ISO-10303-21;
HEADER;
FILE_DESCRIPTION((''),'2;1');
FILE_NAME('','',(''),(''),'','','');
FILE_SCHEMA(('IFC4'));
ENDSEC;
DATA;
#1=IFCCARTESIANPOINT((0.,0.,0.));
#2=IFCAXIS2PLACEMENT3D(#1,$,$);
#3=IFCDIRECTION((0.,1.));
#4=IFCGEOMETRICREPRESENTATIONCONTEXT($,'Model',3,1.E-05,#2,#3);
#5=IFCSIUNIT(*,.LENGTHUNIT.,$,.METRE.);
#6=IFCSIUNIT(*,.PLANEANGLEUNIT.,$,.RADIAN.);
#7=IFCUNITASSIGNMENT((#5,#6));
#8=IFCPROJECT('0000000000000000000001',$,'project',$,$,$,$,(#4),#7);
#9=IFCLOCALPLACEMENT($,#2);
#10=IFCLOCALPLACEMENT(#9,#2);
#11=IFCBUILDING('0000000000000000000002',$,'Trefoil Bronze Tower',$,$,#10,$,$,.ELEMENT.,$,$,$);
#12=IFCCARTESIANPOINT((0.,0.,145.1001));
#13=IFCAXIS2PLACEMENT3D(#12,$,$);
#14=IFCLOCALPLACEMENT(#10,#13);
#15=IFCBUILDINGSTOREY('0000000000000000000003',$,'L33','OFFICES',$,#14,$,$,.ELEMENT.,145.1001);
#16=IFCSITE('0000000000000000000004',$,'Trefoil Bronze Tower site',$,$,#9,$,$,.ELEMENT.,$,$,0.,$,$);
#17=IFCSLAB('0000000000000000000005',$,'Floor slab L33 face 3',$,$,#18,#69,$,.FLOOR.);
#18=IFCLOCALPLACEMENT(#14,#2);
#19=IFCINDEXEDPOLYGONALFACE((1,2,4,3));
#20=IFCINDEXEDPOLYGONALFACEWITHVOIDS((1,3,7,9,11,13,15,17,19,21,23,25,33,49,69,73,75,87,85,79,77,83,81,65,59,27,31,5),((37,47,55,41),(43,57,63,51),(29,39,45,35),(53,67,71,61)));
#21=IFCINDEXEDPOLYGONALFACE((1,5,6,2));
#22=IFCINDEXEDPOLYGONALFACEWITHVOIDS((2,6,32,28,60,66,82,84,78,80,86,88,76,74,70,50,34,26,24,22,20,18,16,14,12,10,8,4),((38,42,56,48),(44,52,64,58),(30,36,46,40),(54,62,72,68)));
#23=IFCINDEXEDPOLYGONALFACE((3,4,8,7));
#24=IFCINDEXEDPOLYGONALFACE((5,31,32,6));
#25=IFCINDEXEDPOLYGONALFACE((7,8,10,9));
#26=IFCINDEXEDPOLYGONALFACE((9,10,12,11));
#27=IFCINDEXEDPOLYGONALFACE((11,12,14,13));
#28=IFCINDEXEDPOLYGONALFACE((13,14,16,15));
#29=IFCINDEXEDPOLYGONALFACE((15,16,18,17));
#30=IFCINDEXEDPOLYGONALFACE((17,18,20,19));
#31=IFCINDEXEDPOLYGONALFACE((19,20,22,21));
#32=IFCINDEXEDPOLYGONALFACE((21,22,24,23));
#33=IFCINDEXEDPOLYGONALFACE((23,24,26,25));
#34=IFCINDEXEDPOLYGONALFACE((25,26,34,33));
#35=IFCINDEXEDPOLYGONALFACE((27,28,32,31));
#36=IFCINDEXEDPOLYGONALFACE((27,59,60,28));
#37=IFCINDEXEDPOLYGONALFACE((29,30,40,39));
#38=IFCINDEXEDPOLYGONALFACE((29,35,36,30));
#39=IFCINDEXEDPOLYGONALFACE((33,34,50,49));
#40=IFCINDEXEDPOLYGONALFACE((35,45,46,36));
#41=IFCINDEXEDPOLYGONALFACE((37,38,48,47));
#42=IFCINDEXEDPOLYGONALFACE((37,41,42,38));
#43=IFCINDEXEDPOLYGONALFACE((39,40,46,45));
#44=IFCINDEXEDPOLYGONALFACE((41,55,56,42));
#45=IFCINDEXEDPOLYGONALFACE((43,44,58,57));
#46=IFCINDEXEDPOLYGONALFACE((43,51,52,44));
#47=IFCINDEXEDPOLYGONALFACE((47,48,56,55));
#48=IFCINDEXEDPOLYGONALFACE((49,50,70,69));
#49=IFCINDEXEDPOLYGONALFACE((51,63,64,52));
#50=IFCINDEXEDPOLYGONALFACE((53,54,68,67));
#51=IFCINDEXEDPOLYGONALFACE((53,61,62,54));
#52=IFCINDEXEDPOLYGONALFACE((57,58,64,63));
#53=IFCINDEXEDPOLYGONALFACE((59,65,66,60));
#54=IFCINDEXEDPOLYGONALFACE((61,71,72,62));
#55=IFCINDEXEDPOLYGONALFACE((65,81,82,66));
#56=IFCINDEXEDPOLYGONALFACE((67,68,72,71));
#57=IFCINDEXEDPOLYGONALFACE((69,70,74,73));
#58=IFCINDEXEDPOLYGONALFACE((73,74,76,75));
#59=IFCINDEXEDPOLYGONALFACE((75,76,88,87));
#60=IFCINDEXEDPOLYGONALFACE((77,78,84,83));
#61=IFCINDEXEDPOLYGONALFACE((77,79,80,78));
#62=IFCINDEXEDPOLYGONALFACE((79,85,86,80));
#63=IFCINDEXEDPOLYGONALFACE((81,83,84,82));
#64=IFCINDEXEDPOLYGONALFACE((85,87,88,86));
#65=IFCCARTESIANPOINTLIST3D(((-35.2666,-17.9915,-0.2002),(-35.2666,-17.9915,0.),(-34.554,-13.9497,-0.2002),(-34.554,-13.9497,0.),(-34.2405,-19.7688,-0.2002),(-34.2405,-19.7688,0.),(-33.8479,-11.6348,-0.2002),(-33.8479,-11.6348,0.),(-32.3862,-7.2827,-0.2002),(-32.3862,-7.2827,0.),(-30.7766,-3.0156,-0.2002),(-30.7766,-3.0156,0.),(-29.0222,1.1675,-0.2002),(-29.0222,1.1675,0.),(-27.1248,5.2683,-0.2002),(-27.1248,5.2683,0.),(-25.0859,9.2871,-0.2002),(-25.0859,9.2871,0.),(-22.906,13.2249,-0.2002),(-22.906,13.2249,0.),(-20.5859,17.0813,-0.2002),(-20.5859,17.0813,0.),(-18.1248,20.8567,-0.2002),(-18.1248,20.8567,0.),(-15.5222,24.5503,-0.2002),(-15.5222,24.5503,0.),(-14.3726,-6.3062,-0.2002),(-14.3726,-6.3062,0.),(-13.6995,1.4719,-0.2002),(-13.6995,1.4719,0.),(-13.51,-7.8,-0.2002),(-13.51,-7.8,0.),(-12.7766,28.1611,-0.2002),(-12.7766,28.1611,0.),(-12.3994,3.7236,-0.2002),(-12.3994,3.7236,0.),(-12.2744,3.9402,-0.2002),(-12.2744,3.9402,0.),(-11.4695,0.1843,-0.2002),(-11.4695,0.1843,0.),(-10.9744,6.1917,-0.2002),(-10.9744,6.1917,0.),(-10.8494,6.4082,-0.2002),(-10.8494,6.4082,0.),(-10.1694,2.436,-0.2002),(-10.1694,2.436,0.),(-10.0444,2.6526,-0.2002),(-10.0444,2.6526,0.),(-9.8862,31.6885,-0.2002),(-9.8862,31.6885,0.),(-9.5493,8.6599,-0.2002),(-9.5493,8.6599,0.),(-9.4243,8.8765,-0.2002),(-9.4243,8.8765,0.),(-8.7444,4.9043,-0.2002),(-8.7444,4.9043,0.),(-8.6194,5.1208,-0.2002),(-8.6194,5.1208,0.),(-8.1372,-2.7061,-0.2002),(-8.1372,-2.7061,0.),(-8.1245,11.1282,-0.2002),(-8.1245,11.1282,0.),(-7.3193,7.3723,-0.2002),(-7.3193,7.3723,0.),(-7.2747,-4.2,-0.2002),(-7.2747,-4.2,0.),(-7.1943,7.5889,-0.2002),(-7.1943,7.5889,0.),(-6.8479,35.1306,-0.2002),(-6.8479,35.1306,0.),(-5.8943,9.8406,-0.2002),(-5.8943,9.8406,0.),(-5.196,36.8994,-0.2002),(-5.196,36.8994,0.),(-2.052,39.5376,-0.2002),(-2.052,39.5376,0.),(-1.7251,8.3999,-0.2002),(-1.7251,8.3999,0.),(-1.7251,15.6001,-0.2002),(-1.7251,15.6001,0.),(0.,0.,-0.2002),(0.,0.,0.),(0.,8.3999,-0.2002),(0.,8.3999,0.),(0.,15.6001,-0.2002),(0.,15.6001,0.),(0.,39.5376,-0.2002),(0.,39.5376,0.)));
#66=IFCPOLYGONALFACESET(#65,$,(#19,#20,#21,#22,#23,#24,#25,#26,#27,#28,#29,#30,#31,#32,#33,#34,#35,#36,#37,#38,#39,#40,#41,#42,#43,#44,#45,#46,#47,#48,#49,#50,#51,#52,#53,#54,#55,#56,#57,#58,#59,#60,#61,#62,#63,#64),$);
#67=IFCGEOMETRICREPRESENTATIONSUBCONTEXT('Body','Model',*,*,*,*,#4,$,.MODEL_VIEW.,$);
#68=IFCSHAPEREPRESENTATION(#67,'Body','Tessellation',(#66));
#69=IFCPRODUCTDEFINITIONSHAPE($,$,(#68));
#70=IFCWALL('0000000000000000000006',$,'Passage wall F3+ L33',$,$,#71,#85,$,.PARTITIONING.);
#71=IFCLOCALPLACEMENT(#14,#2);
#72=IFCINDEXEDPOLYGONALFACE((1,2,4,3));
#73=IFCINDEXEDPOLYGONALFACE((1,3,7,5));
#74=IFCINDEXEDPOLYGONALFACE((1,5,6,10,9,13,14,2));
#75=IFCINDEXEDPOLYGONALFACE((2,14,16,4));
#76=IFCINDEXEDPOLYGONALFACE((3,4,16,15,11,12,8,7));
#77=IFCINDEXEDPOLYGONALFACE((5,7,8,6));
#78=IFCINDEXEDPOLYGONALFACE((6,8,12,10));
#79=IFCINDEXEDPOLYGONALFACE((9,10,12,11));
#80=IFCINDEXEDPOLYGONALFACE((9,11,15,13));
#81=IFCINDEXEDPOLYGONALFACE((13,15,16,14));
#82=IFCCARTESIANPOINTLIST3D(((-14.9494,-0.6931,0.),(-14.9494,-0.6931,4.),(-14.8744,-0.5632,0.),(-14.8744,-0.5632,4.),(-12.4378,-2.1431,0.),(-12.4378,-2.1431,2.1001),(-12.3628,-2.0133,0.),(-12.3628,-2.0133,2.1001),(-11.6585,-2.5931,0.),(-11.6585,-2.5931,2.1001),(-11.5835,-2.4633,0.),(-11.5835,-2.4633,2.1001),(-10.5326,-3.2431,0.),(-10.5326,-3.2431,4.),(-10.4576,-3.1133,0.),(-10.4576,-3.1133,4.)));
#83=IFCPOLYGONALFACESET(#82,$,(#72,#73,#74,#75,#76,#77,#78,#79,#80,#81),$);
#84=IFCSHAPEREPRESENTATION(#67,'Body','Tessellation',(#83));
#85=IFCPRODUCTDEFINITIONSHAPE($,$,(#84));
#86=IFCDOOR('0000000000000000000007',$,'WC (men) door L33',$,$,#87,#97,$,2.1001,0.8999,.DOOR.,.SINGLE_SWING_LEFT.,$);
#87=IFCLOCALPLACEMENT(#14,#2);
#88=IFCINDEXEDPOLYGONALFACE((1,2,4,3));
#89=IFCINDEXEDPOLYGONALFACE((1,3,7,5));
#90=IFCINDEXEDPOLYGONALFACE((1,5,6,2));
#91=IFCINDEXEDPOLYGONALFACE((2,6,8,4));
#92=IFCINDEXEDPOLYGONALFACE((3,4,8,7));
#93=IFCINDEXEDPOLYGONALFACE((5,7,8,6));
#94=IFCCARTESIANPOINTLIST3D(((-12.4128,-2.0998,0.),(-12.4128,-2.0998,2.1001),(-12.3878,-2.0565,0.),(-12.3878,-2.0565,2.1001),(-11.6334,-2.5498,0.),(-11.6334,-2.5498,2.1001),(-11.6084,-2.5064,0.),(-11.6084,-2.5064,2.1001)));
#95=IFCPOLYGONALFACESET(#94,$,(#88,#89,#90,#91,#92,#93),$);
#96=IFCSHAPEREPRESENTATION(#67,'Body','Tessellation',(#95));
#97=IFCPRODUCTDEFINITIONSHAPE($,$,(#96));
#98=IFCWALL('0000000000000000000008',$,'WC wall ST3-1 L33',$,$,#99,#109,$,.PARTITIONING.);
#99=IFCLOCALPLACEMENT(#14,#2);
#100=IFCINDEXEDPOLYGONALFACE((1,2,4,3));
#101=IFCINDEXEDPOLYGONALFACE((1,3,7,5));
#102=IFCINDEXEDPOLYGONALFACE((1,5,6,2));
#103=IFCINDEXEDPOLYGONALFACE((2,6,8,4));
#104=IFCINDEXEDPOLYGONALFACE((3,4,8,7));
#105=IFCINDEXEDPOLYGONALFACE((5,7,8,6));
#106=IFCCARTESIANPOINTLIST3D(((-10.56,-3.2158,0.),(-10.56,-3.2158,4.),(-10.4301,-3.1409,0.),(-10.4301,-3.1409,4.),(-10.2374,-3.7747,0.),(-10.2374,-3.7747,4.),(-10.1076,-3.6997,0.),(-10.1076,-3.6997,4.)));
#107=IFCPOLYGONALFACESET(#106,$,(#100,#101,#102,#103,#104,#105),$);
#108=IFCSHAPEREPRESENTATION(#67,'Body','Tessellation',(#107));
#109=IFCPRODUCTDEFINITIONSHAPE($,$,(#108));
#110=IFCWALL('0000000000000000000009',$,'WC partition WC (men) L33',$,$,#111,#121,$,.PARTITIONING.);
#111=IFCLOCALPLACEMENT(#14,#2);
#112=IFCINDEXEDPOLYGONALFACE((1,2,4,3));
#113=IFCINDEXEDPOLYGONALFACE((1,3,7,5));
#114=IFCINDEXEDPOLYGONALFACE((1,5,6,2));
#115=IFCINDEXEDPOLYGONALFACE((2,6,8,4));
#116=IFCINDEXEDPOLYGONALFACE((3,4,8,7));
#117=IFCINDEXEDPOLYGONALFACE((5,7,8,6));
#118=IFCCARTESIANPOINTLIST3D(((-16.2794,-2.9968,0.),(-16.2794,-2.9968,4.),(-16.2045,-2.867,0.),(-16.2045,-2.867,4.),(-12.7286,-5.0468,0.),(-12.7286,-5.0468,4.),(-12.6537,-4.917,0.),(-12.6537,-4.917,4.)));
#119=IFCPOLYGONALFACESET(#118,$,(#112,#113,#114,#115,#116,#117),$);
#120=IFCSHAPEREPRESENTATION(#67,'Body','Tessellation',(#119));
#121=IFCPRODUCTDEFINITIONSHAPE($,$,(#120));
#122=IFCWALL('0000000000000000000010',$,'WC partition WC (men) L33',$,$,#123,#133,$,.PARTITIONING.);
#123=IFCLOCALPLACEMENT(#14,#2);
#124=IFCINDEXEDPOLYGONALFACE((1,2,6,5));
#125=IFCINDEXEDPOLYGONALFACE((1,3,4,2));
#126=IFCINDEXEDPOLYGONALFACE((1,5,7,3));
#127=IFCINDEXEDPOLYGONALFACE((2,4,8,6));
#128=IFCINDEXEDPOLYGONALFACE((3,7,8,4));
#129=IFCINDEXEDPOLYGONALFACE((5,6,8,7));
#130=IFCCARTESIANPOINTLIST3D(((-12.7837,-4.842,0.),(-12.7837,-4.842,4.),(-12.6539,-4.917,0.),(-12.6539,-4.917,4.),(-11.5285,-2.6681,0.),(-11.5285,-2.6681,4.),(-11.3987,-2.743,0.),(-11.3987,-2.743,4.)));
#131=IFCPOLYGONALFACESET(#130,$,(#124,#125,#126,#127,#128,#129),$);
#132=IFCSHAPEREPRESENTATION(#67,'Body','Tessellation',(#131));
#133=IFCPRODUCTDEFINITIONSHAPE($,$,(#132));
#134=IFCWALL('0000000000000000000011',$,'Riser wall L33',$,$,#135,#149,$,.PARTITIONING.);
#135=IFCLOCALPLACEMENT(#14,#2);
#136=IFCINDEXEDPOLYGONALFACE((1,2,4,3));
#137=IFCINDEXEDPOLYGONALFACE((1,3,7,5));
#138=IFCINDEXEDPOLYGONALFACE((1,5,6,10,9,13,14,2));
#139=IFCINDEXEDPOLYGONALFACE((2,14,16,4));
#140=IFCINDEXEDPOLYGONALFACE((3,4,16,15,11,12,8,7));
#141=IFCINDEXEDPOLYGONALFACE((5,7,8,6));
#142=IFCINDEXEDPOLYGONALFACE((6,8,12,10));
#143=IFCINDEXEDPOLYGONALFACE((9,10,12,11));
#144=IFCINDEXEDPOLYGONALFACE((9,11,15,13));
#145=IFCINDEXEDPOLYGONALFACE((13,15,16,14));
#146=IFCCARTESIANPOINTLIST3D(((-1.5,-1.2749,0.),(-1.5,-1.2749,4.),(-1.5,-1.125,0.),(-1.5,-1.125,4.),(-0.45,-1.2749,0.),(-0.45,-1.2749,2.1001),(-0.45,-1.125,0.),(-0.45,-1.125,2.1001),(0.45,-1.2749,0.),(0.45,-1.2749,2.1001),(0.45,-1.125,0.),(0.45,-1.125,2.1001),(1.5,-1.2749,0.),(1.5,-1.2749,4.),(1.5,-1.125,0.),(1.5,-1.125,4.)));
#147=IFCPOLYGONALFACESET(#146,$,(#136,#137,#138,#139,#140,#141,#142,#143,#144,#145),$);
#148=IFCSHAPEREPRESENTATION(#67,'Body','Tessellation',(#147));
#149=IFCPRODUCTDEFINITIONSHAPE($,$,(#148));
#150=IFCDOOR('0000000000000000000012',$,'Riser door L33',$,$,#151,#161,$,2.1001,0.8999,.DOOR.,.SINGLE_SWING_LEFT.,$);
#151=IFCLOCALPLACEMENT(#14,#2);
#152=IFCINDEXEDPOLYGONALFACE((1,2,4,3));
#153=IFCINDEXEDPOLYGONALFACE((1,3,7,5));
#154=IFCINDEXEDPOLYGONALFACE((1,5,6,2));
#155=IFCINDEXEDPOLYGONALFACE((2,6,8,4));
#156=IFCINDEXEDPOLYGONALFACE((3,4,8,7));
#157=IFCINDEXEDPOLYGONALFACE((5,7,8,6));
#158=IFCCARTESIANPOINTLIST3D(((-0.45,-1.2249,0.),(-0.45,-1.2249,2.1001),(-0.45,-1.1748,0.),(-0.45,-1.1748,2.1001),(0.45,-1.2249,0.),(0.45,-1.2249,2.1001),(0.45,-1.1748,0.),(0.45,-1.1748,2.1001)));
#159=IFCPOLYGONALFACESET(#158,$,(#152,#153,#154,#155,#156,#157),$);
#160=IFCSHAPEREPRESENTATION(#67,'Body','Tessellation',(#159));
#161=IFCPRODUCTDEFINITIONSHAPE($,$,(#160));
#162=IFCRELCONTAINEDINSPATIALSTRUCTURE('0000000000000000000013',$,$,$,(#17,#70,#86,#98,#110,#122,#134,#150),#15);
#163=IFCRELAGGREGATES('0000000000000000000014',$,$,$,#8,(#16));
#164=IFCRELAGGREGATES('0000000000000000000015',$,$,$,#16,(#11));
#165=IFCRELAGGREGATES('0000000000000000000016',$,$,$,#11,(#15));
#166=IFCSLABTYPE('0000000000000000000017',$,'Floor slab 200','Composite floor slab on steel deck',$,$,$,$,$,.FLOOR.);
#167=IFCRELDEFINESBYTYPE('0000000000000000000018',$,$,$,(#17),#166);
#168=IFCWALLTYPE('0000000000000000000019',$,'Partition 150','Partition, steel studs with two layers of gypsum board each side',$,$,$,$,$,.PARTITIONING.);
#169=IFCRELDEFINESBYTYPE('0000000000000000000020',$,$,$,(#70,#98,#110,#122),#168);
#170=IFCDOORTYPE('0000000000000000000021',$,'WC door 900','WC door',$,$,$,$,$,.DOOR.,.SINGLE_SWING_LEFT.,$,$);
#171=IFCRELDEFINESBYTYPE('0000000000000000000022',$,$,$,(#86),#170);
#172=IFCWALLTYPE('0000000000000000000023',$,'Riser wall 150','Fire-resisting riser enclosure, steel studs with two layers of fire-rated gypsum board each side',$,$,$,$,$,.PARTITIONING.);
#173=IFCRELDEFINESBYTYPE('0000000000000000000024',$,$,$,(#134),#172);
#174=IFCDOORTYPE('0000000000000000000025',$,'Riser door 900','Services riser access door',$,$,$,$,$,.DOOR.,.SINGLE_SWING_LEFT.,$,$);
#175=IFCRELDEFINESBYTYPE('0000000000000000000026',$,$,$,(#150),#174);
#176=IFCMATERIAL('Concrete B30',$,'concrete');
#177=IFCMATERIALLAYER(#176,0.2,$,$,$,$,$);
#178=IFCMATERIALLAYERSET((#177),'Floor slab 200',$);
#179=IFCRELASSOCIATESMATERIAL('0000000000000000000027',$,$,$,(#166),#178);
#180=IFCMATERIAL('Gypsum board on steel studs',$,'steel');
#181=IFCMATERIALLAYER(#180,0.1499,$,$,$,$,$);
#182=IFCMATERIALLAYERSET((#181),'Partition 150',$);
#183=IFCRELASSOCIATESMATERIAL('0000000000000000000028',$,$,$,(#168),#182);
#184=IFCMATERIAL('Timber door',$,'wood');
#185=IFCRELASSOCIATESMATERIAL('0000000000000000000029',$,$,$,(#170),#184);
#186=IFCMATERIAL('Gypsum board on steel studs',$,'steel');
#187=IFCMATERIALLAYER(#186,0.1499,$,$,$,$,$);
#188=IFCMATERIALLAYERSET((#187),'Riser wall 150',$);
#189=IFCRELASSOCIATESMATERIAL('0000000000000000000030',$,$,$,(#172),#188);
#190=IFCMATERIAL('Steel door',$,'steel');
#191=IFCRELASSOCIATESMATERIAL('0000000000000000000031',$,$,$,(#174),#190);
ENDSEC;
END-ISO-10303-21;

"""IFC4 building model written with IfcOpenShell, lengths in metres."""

from ifc_helpers import new_model, si_unit, direction, frame, frame_2d, origin, place, context, subcontext, project, spatial, polyline, rectangle, outline, extrude, material, layer, layer_set, type_object, element, fill, save


model = new_model("IFC4")

# Units and contexts
model_context = context("Model", 3, precision=1e-05, world=origin(), true_north=direction((0.0, 1.0)))
body_context = subcontext(model_context, "Body", "Model", "MODEL_VIEW")
ifc_project = project(units=[si_unit("LENGTHUNIT", "METRE"), si_unit("PLANEANGLEUNIT", "RADIAN")], contexts=[model_context])

# Site, building, storey
site_placement = place(None, origin())
site = spatial("IfcSite", under=ifc_project, at=site_placement, Name="Trefoil Bronze Tower site", CompositionType="ELEMENT", RefElevation=0.0)
building_placement = place(site_placement, origin())
building = spatial("IfcBuilding", under=site, at=building_placement, Name="Trefoil Bronze Tower", CompositionType="ELEMENT")
storey_placement = place(building_placement, frame((0.0, 0.0, 145.1001)))
storey = spatial("IfcBuildingStorey", under=building, at=storey_placement, Name="L33", Description="OFFICES", CompositionType="ELEMENT", Elevation=145.1001)

# Slab
ifc_material_1 = material(Name="Concrete B30", Category="concrete")
ifc_layer_1 = layer(ifc_material_1, 0.2)
ifc_layer_set_1 = layer_set([ifc_layer_1], Name="Floor slab 200")
slab_type = type_object("IfcSlabType", Name="Floor slab 200", Description="Composite floor slab on steel deck", PredefinedType="FLOOR", material=ifc_layer_set_1)
slab_1_placement = place(storey_placement, frame((0.0, 0.0, -0.2002)))
element("IfcSlab", 1, at=slab_1_placement, inside=storey, type_object=slab_type, Name="Floor slab L33 face 3", PredefinedType="FLOOR", context=body_context, shape_type="SweptSolid", body=[
    extrude(outline(polyline([(-32.3862, -7.2827), (-30.7766, -3.0156), (-29.0222, 1.1675), (-27.1248, 5.2683), (-25.0859, 9.2871), (-22.906, 13.2249), (-20.5859, 17.0813), (-18.1248, 20.8567), (-15.5222, 24.5503), (-12.7766, 28.1611), (-9.8862, 31.6885), (-6.8479, 35.1306), (-5.196, 36.8994), (-2.052, 39.5376), (0.0, 39.5376), (0.0, 15.6001), (-1.7251, 15.6001), (-1.7251, 8.3999), (0.0, 8.3999), (0.0, 0.0), (-7.2747, -4.2), (-8.1372, -2.7061), (-14.3726, -6.3062), (-13.51, -7.8), (-34.2405, -19.7688), (-35.2666, -17.9915), (-34.554, -13.9497), (-33.8479, -11.6348), (-32.3862, -7.2827)]), holes=[polyline([(-5.8943, 9.8406), (-7.1943, 7.5889), (-9.4243, 8.8765), (-8.1245, 11.1282), (-5.8943, 9.8406)]), polyline([(-7.3193, 7.3723), (-8.6194, 5.1208), (-10.8494, 6.4082), (-9.5493, 8.6599), (-7.3193, 7.3723)]), polyline([(-8.7444, 4.9043), (-10.0444, 2.6526), (-12.2744, 3.9402), (-10.9744, 6.1917), (-8.7444, 4.9043)]), polyline([(-10.1694, 2.436), (-11.4695, 0.1843), (-13.6995, 1.4719), (-12.3994, 3.7236), (-10.1694, 2.436)])]), origin(), (0.0, 0.0, 1.0), 0.2002),
])

# Wall, opening, door
ifc_material_2 = material(Name="Gypsum board on steel studs", Category="steel")
ifc_layer_2 = layer(ifc_material_2, 0.1499)
ifc_layer_set_2 = layer_set([ifc_layer_2], Name="Partition 150")
wall_type_1 = type_object("IfcWallType", Name="Partition 150", Description="Partition, steel studs with two layers of gypsum board each side", PredefinedType="PARTITIONING", material=ifc_layer_set_2)
wall_1_placement = place(storey_placement, frame((-10.4951, -3.1782, 0.0), z_axis=(0.0, 0.0, 1.0), x_axis=(-0.866022, 0.500006, 0.0)))
wall_1 = element("IfcWall", 2, at=wall_1_placement, inside=storey, type_object=wall_type_1, Name="Passage wall F3+ L33", PredefinedType="PARTITIONING", context=body_context, shape_type="SweptSolid", body=[
    extrude(rectangle(XDim=5.1001, YDim=0.1499, at=frame_2d((2.55, 0.0))), origin(), (0.0, 0.0, 1.0), 4.0),
])
opening_1_placement = place(wall_1_placement, frame((1.3, 0.0, 0.0)))
opening_1 = element("IfcOpeningElement", 3, at=opening_1_placement, cuts=wall_1, PredefinedType="OPENING", context=body_context, shape_type="SweptSolid", body=[
    extrude(rectangle(XDim=0.8999, YDim=2.1001, at=frame_2d((0.45, 1.05))), frame((0.0, 0.085, 0.0), z_axis=(0.0, -1.0, 0.0), x_axis=(1.0, 0.0, 0.0)), (0.0, 0.0, 1.0), 0.1699),
])
ifc_material_3 = material(Name="Timber door", Category="wood")
door_type_1 = type_object("IfcDoorType", Name="WC door 900", Description="WC door", OperationType="SINGLE_SWING_LEFT", PredefinedType="DOOR", material=ifc_material_3)
door_1_placement = place(opening_1_placement, origin())
door_1 = element("IfcDoor", 4, at=door_1_placement, inside=storey, type_object=door_type_1, Name="WC (men) door L33", OperationType="SINGLE_SWING_LEFT", OverallHeight=2.1001, OverallWidth=0.8999, PredefinedType="DOOR", context=body_context, shape_type="SweptSolid", body=[
    extrude(rectangle(XDim=0.8999, YDim=2.1001, at=frame_2d((0.45, 1.05))), frame((0.0, 0.0249, 0.0), z_axis=(0.0, -1.0, 0.0), x_axis=(1.0, 0.0, 0.0)), (0.0, 0.0, 1.0), 0.05),
])
fill(opening_1, door_1)

# Walls
wall_2_placement = place(storey_placement, frame((-10.4951, -3.1782, 0.0), z_axis=(0.0, 0.0, 1.0), x_axis=(0.499843, -0.866116, 0.0)))
element("IfcWall", 5, at=wall_2_placement, inside=storey, type_object=wall_type_1, Name="WC wall ST3-1 L33", PredefinedType="PARTITIONING", context=body_context, shape_type="SweptSolid", body=[
    extrude(rectangle(XDim=0.6453, YDim=0.1499, at=frame_2d((0.3228, 0.0))), origin(), (0.0, 0.0, 1.0), 4.0),
])
wall_3_placement = place(storey_placement, frame((-12.6912, -4.9819, 0.0), z_axis=(0.0, 0.0, 1.0), x_axis=(-0.866025, 0.500001, 0.0)))
element("IfcWall", 6, at=wall_3_placement, inside=storey, type_object=wall_type_1, Name="WC partition WC (men) L33", PredefinedType="PARTITIONING", context=body_context, shape_type="SweptSolid", body=[
    extrude(rectangle(XDim=4.1001, YDim=0.1499, at=frame_2d((2.05, 0.0))), origin(), (0.0, 0.0, 1.0), 4.0),
])
wall_4_placement = place(storey_placement, frame((-11.4636, -2.7056, 0.0), z_axis=(0.0, 0.0, 1.0), x_axis=(-0.50002, -0.866014, 0.0)))
element("IfcWall", 7, at=wall_4_placement, inside=storey, type_object=wall_type_1, Name="WC partition WC (men) L33", PredefinedType="PARTITIONING", context=body_context, shape_type="SweptSolid", body=[
    extrude(rectangle(XDim=2.5103, YDim=0.1499, at=frame_2d((1.2551, 0.0))), origin(), (0.0, 0.0, 1.0), 4.0),
])

# Wall, opening, door
ifc_material_4 = material(Name="Gypsum board on steel studs", Category="steel")
ifc_layer_3 = layer(ifc_material_4, 0.1499)
ifc_layer_set_3 = layer_set([ifc_layer_3], Name="Riser wall 150")
wall_type_2 = type_object("IfcWallType", Name="Riser wall 150", Description="Fire-resisting riser enclosure, steel studs with two layers of fire-rated gypsum board each side", PredefinedType="PARTITIONING", material=ifc_layer_set_3)
wall_5_placement = place(storey_placement, frame((-1.5, -1.2, 0.0), z_axis=(0.0, 0.0, 1.0), x_axis=(1.0, 0.0, 0.0)))
wall_5 = element("IfcWall", 8, at=wall_5_placement, inside=storey, type_object=wall_type_2, Name="Riser wall L33", PredefinedType="PARTITIONING", context=body_context, shape_type="SweptSolid", body=[
    extrude(rectangle(XDim=3.0, YDim=0.1499, at=frame_2d((1.5, 0.0))), origin(), (0.0, 0.0, 1.0), 4.0),
])
opening_2_placement = place(wall_5_placement, frame((1.05, 0.0, 0.0)))
opening_2 = element("IfcOpeningElement", 9, at=opening_2_placement, cuts=wall_5, PredefinedType="OPENING", context=body_context, shape_type="SweptSolid", body=[
    extrude(rectangle(XDim=0.8999, YDim=2.1001, at=frame_2d((0.45, 1.05))), frame((0.0, 0.085, 0.0), z_axis=(0.0, -1.0, 0.0), x_axis=(1.0, 0.0, 0.0)), (0.0, 0.0, 1.0), 0.1699),
])
ifc_material_5 = material(Name="Steel door", Category="steel")
door_type_2 = type_object("IfcDoorType", Name="Riser door 900", Description="Services riser access door", OperationType="SINGLE_SWING_LEFT", PredefinedType="DOOR", material=ifc_material_5)
door_2_placement = place(opening_2_placement, frame((0.8999, 0.0, 0.0), z_axis=(0.0, 0.0, 1.0), x_axis=(-1.0, 0.0, 0.0)))
door_2 = element("IfcDoor", 10, at=door_2_placement, inside=storey, type_object=door_type_2, Name="Riser door L33", OperationType="SINGLE_SWING_LEFT", OverallHeight=2.1001, OverallWidth=0.8999, PredefinedType="DOOR", context=body_context, shape_type="SweptSolid", body=[
    extrude(rectangle(XDim=0.8999, YDim=2.1001, at=frame_2d((0.45, 1.05))), frame((0.0, 0.0249, 0.0), z_axis=(0.0, -1.0, 0.0), x_axis=(1.0, 0.0, 0.0)), (0.0, 0.0, 1.0), 0.05),
])
fill(opening_2, door_2)

save(model, "model.ifc")
